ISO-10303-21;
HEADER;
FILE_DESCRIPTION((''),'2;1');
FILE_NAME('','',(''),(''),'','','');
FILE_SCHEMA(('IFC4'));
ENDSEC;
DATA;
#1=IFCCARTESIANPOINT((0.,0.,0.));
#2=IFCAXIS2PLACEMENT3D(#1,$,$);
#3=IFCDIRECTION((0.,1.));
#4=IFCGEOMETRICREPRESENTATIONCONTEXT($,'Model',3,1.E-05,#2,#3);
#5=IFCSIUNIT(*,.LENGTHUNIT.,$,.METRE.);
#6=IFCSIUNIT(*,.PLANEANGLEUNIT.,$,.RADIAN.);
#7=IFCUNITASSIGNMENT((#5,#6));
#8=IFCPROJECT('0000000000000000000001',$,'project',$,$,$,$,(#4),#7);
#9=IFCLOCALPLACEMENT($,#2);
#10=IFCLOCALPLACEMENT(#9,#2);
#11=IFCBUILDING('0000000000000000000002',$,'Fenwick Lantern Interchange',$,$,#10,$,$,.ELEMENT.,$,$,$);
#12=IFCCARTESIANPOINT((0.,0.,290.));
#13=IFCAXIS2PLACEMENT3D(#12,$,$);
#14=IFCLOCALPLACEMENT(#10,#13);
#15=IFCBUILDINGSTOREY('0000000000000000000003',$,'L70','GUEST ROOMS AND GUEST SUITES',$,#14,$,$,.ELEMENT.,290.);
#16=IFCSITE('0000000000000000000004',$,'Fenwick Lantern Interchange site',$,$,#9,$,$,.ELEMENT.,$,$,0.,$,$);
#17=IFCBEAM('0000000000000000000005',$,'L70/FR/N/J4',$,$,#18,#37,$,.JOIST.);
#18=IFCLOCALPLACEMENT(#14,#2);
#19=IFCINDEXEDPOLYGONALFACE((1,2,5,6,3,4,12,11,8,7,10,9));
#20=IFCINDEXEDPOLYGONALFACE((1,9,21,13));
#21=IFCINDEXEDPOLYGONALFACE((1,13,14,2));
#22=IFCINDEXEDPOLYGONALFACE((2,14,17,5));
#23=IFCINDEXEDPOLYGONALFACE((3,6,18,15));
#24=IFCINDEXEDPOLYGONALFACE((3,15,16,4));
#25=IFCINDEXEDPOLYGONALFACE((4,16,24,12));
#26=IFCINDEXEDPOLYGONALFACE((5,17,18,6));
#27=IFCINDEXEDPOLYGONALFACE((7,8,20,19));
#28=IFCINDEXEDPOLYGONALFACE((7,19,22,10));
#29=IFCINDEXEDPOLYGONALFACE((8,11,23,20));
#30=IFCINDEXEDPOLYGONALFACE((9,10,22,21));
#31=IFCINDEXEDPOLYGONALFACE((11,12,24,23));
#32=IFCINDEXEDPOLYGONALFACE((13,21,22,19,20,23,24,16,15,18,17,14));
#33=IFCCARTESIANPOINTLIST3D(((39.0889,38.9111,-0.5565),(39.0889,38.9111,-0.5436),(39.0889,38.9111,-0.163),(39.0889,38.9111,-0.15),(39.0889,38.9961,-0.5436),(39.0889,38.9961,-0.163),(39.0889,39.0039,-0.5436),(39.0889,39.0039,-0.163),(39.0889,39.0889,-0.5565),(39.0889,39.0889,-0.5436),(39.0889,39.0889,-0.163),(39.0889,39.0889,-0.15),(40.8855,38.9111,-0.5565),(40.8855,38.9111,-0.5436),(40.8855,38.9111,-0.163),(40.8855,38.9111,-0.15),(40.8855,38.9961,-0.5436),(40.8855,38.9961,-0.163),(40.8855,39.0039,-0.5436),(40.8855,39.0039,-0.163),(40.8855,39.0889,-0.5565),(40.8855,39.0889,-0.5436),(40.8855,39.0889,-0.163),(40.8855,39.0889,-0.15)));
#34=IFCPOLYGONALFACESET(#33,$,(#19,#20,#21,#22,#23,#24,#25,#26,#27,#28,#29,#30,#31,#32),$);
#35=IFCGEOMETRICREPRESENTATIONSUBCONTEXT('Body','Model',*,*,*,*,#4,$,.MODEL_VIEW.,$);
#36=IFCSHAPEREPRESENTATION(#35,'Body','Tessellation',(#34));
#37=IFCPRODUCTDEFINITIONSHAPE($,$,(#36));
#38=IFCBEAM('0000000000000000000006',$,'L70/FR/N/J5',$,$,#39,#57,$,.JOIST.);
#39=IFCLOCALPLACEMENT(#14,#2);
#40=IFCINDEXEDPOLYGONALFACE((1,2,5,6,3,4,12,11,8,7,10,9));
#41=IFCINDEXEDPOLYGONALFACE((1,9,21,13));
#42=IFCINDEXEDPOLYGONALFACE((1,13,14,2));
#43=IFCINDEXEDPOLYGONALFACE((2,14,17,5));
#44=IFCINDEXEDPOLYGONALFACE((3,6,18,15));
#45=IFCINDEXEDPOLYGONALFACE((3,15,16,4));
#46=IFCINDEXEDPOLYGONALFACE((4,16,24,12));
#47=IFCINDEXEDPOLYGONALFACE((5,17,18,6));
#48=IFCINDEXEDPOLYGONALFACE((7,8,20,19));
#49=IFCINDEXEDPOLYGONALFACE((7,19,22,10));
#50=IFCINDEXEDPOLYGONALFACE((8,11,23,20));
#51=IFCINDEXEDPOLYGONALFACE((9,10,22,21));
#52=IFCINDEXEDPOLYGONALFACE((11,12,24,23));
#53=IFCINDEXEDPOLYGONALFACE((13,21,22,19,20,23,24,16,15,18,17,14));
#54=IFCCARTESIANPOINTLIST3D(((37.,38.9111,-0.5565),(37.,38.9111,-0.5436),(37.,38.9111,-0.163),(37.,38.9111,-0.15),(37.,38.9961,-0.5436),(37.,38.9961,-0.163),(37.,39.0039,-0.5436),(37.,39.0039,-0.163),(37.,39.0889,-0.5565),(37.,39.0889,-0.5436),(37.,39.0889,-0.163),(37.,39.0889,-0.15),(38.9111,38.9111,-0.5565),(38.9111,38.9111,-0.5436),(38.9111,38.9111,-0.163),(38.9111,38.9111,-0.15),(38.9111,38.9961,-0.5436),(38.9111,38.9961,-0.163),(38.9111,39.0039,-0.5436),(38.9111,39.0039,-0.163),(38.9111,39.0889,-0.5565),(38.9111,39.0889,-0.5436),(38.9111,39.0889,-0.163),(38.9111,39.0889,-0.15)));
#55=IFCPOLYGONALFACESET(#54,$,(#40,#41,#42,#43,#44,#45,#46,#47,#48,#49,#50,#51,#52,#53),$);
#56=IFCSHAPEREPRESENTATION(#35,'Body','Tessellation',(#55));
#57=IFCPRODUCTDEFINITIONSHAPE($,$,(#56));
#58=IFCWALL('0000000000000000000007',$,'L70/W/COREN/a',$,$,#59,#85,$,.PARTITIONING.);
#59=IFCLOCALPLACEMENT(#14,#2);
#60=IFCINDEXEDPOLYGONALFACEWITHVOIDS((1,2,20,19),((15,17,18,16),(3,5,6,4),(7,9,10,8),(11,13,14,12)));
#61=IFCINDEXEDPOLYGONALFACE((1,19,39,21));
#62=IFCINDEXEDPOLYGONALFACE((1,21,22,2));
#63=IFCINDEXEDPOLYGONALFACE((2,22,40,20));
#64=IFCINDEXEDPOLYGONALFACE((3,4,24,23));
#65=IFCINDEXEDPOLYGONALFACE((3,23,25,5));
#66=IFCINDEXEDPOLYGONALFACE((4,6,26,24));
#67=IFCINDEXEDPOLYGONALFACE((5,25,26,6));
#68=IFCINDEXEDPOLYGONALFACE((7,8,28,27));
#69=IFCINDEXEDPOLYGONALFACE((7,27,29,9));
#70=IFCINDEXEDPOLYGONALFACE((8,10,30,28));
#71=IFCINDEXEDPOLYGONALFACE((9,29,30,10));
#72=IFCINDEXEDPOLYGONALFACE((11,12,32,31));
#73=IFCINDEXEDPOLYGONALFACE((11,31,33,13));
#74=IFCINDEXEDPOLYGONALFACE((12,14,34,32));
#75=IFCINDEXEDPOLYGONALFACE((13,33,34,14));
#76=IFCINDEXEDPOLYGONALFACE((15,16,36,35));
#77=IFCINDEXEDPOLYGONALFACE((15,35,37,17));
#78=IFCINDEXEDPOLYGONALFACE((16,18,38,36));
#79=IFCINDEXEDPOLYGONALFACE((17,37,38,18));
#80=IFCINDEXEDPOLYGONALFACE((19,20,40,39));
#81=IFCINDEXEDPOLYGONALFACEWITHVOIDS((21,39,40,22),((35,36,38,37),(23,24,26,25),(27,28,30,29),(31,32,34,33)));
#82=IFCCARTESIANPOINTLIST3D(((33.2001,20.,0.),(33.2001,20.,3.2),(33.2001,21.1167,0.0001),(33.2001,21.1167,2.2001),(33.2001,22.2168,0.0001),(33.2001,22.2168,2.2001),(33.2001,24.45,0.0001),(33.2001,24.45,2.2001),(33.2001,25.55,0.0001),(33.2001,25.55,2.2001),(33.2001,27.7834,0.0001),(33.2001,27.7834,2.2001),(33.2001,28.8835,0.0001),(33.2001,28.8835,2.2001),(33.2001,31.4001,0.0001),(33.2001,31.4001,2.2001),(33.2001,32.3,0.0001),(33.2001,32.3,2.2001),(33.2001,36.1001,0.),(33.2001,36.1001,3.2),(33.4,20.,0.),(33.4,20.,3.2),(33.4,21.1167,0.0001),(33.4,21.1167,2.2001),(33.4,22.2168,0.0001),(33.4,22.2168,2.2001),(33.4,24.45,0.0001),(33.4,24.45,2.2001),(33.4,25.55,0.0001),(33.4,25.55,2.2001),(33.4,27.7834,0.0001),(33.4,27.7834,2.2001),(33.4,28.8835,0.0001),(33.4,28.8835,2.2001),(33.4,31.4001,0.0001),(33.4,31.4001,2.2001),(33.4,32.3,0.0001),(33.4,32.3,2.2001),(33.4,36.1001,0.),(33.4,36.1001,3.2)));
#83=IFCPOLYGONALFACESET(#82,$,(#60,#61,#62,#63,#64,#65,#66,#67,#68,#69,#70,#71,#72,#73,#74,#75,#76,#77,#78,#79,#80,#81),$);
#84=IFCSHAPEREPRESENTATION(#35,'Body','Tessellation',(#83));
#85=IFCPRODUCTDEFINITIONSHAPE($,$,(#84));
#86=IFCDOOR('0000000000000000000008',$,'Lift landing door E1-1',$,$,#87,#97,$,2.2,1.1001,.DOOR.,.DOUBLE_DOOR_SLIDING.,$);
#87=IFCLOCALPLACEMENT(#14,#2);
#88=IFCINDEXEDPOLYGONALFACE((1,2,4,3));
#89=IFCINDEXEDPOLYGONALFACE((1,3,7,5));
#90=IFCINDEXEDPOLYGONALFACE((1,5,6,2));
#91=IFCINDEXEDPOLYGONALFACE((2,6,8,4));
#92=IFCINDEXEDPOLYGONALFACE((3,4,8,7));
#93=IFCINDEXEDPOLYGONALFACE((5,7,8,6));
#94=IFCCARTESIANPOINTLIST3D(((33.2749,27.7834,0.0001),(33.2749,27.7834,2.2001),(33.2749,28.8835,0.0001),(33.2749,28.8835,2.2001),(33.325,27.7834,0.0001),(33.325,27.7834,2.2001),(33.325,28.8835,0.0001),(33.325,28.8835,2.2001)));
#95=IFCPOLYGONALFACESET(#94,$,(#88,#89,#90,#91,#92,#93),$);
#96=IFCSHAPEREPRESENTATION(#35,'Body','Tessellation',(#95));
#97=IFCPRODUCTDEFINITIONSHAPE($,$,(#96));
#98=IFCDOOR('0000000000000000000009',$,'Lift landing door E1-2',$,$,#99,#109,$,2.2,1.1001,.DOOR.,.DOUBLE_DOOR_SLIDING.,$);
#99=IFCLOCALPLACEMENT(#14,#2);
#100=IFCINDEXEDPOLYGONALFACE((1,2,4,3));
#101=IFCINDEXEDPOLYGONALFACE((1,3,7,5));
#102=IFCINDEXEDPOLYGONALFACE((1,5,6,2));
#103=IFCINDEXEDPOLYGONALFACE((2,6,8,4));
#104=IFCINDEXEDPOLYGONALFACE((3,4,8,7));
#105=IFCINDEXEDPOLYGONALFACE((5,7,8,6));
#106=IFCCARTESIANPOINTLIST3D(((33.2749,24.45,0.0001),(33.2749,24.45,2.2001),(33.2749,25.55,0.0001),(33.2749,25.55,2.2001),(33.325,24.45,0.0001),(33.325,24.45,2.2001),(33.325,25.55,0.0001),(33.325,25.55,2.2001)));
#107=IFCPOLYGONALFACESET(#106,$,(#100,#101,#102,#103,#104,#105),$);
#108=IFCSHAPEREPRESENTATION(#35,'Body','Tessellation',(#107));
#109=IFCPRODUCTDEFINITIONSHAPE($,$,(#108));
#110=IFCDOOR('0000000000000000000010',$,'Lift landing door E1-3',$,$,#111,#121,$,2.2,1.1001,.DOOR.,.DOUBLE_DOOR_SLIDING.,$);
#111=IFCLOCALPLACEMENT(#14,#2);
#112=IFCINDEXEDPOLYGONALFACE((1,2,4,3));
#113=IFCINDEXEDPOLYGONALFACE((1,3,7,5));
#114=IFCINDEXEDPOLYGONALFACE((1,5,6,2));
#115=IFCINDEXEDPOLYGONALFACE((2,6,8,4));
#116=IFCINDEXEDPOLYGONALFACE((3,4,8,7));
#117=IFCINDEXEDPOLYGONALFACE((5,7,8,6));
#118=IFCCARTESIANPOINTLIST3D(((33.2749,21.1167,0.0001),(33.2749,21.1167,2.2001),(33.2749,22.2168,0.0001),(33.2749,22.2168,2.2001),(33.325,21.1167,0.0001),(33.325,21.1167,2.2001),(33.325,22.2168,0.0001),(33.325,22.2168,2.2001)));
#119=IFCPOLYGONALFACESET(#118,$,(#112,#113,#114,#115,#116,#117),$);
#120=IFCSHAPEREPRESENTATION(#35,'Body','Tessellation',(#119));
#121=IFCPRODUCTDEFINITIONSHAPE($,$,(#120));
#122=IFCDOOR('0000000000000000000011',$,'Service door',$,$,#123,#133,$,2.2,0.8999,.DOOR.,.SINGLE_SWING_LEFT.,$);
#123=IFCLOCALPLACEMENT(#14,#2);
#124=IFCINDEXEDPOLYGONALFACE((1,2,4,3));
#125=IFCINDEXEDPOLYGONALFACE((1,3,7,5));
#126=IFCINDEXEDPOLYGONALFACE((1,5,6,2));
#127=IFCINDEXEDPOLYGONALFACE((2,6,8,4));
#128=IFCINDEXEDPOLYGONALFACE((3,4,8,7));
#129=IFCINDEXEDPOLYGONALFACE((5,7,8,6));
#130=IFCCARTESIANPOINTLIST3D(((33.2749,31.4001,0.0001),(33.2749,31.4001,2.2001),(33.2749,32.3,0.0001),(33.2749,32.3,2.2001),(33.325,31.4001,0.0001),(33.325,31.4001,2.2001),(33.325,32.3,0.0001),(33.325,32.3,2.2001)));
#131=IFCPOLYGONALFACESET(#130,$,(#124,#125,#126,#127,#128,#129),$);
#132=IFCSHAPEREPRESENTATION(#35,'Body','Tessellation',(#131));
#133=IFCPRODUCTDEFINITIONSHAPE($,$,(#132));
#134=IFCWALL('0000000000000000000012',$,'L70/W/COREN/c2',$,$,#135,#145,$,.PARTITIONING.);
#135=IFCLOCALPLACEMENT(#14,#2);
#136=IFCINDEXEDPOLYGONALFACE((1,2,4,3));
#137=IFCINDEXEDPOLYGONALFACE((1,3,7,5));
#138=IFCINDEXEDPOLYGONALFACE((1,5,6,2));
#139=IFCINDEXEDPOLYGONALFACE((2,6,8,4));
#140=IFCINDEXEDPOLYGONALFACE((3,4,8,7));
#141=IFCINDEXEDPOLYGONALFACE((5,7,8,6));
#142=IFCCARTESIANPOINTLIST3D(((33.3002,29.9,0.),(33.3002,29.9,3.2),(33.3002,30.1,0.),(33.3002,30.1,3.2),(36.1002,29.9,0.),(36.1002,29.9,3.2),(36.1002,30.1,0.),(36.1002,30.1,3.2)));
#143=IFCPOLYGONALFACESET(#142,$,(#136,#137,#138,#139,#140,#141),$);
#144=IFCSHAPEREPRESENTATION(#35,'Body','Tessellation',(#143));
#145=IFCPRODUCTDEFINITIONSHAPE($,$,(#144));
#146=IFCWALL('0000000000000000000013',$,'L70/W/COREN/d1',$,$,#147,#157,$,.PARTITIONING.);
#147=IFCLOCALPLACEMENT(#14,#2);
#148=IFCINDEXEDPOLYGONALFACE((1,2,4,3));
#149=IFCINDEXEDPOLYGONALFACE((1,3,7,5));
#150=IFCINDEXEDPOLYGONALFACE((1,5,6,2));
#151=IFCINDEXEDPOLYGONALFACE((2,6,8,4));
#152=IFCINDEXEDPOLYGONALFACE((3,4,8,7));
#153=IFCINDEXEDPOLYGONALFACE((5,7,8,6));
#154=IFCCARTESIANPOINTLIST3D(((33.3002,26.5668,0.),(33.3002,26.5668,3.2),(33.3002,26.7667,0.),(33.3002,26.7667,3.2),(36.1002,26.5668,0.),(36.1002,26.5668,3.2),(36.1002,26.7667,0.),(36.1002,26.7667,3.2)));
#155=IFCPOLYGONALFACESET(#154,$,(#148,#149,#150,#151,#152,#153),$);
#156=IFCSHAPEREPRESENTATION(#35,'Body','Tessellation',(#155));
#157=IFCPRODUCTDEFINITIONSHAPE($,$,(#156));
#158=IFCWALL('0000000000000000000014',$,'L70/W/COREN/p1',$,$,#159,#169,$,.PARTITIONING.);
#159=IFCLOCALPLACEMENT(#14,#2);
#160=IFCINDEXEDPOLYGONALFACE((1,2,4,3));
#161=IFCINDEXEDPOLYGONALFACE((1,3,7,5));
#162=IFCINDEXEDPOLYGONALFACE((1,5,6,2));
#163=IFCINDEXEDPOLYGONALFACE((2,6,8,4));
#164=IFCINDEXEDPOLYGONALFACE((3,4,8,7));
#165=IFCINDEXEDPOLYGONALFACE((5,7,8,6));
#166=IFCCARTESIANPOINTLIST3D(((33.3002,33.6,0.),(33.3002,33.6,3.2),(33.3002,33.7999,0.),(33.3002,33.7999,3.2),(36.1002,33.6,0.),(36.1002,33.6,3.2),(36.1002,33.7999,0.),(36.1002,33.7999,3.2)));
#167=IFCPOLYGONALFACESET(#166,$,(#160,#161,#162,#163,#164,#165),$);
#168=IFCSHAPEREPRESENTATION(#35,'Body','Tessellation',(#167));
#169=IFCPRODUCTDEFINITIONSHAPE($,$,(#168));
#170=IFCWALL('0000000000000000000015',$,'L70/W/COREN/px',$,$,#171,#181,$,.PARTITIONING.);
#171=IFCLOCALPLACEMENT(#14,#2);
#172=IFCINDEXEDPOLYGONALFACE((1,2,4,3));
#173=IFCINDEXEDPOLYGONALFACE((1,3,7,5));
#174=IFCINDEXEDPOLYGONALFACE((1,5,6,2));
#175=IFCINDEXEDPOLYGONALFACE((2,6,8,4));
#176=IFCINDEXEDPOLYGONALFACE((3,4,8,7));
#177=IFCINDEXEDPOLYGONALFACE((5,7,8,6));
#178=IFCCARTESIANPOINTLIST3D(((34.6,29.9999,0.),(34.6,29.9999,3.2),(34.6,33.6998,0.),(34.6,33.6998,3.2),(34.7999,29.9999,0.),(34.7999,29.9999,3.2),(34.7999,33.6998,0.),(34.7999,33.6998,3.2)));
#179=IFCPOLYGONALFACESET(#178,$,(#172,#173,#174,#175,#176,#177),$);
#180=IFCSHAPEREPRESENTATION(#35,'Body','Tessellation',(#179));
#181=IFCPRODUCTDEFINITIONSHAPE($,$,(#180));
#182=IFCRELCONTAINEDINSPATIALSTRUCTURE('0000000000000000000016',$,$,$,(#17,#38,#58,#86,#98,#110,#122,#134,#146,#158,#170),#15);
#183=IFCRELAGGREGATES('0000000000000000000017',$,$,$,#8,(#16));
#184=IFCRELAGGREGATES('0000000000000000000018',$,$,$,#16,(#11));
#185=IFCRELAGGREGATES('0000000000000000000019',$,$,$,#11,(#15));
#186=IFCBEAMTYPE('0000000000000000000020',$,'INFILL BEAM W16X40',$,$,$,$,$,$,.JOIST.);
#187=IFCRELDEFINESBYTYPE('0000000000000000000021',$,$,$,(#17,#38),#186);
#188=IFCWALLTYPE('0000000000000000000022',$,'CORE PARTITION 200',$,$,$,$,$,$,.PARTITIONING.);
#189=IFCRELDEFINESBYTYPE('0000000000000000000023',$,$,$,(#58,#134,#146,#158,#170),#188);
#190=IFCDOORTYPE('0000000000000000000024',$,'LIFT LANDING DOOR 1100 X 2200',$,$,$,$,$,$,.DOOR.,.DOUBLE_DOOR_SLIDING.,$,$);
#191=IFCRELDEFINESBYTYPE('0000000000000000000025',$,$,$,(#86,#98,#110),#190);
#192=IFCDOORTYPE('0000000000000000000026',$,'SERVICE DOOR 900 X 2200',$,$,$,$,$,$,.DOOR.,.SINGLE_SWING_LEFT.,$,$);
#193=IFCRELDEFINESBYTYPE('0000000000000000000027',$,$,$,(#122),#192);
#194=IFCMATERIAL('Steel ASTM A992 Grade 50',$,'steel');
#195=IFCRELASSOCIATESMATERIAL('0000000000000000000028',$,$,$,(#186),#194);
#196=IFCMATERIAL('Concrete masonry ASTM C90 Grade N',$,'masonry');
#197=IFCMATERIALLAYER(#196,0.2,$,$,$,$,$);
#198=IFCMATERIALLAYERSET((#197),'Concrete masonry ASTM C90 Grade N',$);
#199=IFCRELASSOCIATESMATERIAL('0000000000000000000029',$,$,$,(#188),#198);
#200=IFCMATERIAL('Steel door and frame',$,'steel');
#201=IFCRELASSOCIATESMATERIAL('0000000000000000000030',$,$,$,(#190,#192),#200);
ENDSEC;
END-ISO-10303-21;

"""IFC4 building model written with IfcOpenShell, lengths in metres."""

from ifc_helpers import new_model, si_unit, direction, frame, frame_2d, origin, origin_2d, place, context, subcontext, project, spatial, rectangle, i_section, extrude, material, layer, layer_set, material_profile, profile_set, type_object, element, fill, save


model = new_model("IFC4")

# Units and contexts
model_context = context("Model", 3, precision=1e-05, world=origin(), true_north=direction((0.0, 1.0)))
body_context = subcontext(model_context, "Body", "Model", "MODEL_VIEW")
ifc_project = project(units=[si_unit("LENGTHUNIT", "METRE"), si_unit("PLANEANGLEUNIT", "RADIAN")], contexts=[model_context])

# Site, building, storey
site_placement = place(None, origin())
site = spatial("IfcSite", under=ifc_project, at=site_placement, Name="Fenwick Lantern Interchange site", CompositionType="ELEMENT", RefElevation=0.0)
building_placement = place(site_placement, origin())
building = spatial("IfcBuilding", under=site, at=building_placement, Name="Fenwick Lantern Interchange", CompositionType="ELEMENT")
storey_placement = place(building_placement, frame((0.0, 0.0, 290.0)))
storey = spatial("IfcBuildingStorey", under=building, at=storey_placement, Name="L70", Description="GUEST ROOMS AND GUEST SUITES", CompositionType="ELEMENT", Elevation=290.0)

# Beams
ifc_material_1 = material(Name="Steel ASTM A992 Grade 50", Category="steel")
ifc_material_profile = material_profile(ifc_material_1, i_section(OverallWidth=0.1777, OverallDepth=0.4065, WebThickness=0.0078, FlangeThickness=0.0129, at=origin_2d()), Name="W16X40")
ifc_profile_set = profile_set([ifc_material_profile], Name="Steel ASTM A992 Grade 50")
beam_type = type_object("IfcBeamType", Name="INFILL BEAM W16X40", PredefinedType="JOIST", material=ifc_profile_set)
beam_1_placement = place(storey_placement, frame((40.8855, 39.0, -0.3533), z_axis=(-1.0, 0.0, 0.0), x_axis=(0.0, -1.0, 0.0)))
element("IfcBeam", 1, at=beam_1_placement, inside=storey, type_object=beam_type, Name="L70/FR/N/J4", PredefinedType="JOIST", context=body_context, shape_type="SweptSolid", body=[
    extrude(i_section(OverallWidth=0.1777, OverallDepth=0.4065, WebThickness=0.0078, FlangeThickness=0.0129, at=origin_2d()), origin(), (0.0, 0.0, 1.0), 1.7966),
])
beam_2_placement = place(storey_placement, frame((38.9111, 39.0, -0.3533), z_axis=(-1.0, 0.0, 0.0), x_axis=(0.0, -1.0, 0.0)))
element("IfcBeam", 2, at=beam_2_placement, inside=storey, type_object=beam_type, Name="L70/FR/N/J5", PredefinedType="JOIST", context=body_context, shape_type="SweptSolid", body=[
    extrude(i_section(OverallWidth=0.1777, OverallDepth=0.4065, WebThickness=0.0078, FlangeThickness=0.0129, at=origin_2d()), origin(), (0.0, 0.0, 1.0), 1.9111),
])

# Wall, openings, doors
ifc_material_2 = material(Name="Concrete masonry ASTM C90 Grade N", Category="masonry")
ifc_layer_1 = layer(ifc_material_2, 0.2)
ifc_layer_set_1 = layer_set([ifc_layer_1], Name="Concrete masonry ASTM C90 Grade N")
wall_type_1 = type_object("IfcWallType", Name="CORE PARTITION 200", PredefinedType="PARTITIONING", material=ifc_layer_set_1)
wall_1_placement = place(storey_placement, frame((33.3, 36.1001, 0.0), z_axis=(0.0, 0.0, 1.0), x_axis=(0.0, -1.0, 0.0)))
wall_1 = element("IfcWall", 3, at=wall_1_placement, inside=storey, type_object=wall_type_1, Name="L70/W/COREN/a", PredefinedType="PARTITIONING", context=body_context, shape_type="SweptSolid", body=[
    extrude(rectangle(XDim=16.1001, YDim=0.2, at=frame_2d((8.05, 0.0))), origin(), (0.0, 0.0, 1.0), 3.2),
])
opening_1_placement = place(wall_1_placement, frame((3.8, 0.0, 0.0)))
opening_1 = element("IfcOpeningElement", 4, at=opening_1_placement, cuts=wall_1, PredefinedType="OPENING", context=body_context, shape_type="SweptSolid", body=[
    extrude(rectangle(XDim=0.8999, YDim=2.2, at=frame_2d((0.45, 1.1001))), frame((0.0, 0.1099, 0.0), z_axis=(0.0, -1.0, 0.0), x_axis=(1.0, 0.0, 0.0)), (0.0, 0.0, 1.0), 0.22),
])
opening_2_placement = place(wall_1_placement, frame((7.2166, 0.0, 0.0)))
opening_2 = element("IfcOpeningElement", 5, at=opening_2_placement, cuts=wall_1, PredefinedType="OPENING", context=body_context, shape_type="SweptSolid", body=[
    extrude(rectangle(XDim=1.1001, YDim=2.2, at=frame_2d((0.55, 1.1001))), frame((0.0, 0.1099, 0.0), z_axis=(0.0, -1.0, 0.0), x_axis=(1.0, 0.0, 0.0)), (0.0, 0.0, 1.0), 0.22),
])
opening_3_placement = place(wall_1_placement, frame((10.55, 0.0, 0.0)))
opening_3 = element("IfcOpeningElement", 6, at=opening_3_placement, cuts=wall_1, PredefinedType="OPENING", context=body_context, shape_type="SweptSolid", body=[
    extrude(rectangle(XDim=1.1001, YDim=2.2, at=frame_2d((0.55, 1.1001))), frame((0.0, 0.1099, 0.0), z_axis=(0.0, -1.0, 0.0), x_axis=(1.0, 0.0, 0.0)), (0.0, 0.0, 1.0), 0.22),
])
opening_4_placement = place(wall_1_placement, frame((13.8833, 0.0, 0.0)))
opening_4 = element("IfcOpeningElement", 7, at=opening_4_placement, cuts=wall_1, PredefinedType="OPENING", context=body_context, shape_type="SweptSolid", body=[
    extrude(rectangle(XDim=1.1001, YDim=2.2, at=frame_2d((0.55, 1.1001))), frame((0.0, 0.1099, 0.0), z_axis=(0.0, -1.0, 0.0), x_axis=(1.0, 0.0, 0.0)), (0.0, 0.0, 1.0), 0.22),
])
ifc_material_3 = material(Name="Steel door and frame", Category="steel")
door_type_1 = type_object("IfcDoorType", Name="LIFT LANDING DOOR 1100 X 2200", OperationType="DOUBLE_DOOR_SLIDING", PredefinedType="DOOR", material=ifc_material_3)
door_1_placement = place(opening_2_placement, origin())
door_1 = element("IfcDoor", 8, at=door_1_placement, inside=storey, type_object=door_type_1, Name="Lift landing door E1-1", OperationType="DOUBLE_DOOR_SLIDING", OverallHeight=2.2, OverallWidth=1.1001, PredefinedType="DOOR", context=body_context, shape_type="SweptSolid", body=[
    extrude(rectangle(XDim=1.1001, YDim=2.2, at=frame_2d((0.55, 1.1001))), frame((0.0, 0.0249, 0.0), z_axis=(0.0, -1.0, 0.0), x_axis=(1.0, 0.0, 0.0)), (0.0, 0.0, 1.0), 0.05),
])
fill(opening_2, door_1)
door_2_placement = place(opening_3_placement, origin())
door_2 = element("IfcDoor", 9, at=door_2_placement, inside=storey, type_object=door_type_1, Name="Lift landing door E1-2", OperationType="DOUBLE_DOOR_SLIDING", OverallHeight=2.2, OverallWidth=1.1001, PredefinedType="DOOR", context=body_context, shape_type="SweptSolid", body=[
    extrude(rectangle(XDim=1.1001, YDim=2.2, at=frame_2d((0.55, 1.1001))), frame((0.0, 0.0249, 0.0), z_axis=(0.0, -1.0, 0.0), x_axis=(1.0, 0.0, 0.0)), (0.0, 0.0, 1.0), 0.05),
])
fill(opening_3, door_2)
door_3_placement = place(opening_4_placement, origin())
door_3 = element("IfcDoor", 10, at=door_3_placement, inside=storey, type_object=door_type_1, Name="Lift landing door E1-3", OperationType="DOUBLE_DOOR_SLIDING", OverallHeight=2.2, OverallWidth=1.1001, PredefinedType="DOOR", context=body_context, shape_type="SweptSolid", body=[
    extrude(rectangle(XDim=1.1001, YDim=2.2, at=frame_2d((0.55, 1.1001))), frame((0.0, 0.0249, 0.0), z_axis=(0.0, -1.0, 0.0), x_axis=(1.0, 0.0, 0.0)), (0.0, 0.0, 1.0), 0.05),
])
fill(opening_4, door_3)
door_type_2 = type_object("IfcDoorType", Name="SERVICE DOOR 900 X 2200", OperationType="SINGLE_SWING_LEFT", PredefinedType="DOOR", material=ifc_material_3)
door_4_placement = place(opening_1_placement, origin())
door_4 = element("IfcDoor", 11, at=door_4_placement, inside=storey, type_object=door_type_2, Name="Service door", OperationType="SINGLE_SWING_LEFT", OverallHeight=2.2, OverallWidth=0.8999, PredefinedType="DOOR", context=body_context, shape_type="SweptSolid", body=[
    extrude(rectangle(XDim=0.8999, YDim=2.2, at=frame_2d((0.45, 1.1001))), frame((0.0, 0.0249, 0.0), z_axis=(0.0, -1.0, 0.0), x_axis=(1.0, 0.0, 0.0)), (0.0, 0.0, 1.0), 0.05),
])
fill(opening_1, door_4)

# Walls
for number, where, z_axis, x_axis, name in (
    (12, (36.1001, 30.0, 0.0), (0.0, 0.0, 1.0), (-1.0, 0.0, 0.0), "L70/W/COREN/c2"),
    (13, (36.1001, 26.6667, 0.0), (0.0, 0.0, 1.0), (-1.0, 0.0, 0.0), "L70/W/COREN/d1"),
    (14, (36.1001, 33.7, 0.0), (0.0, 0.0, 1.0), (-1.0, 0.0, 0.0), "L70/W/COREN/p1"),
):
    element("IfcWall", number, at=place(storey_placement, frame(where, z_axis=z_axis, x_axis=x_axis)), inside=storey, type_object=wall_type_1, Name=name, PredefinedType="PARTITIONING", context=body_context, shape_type="SweptSolid", body=[
        extrude(rectangle(XDim=2.8, YDim=0.2, at=frame_2d((1.3999, 0.0))), origin(), (0.0, 0.0, 1.0), 3.2),
    ])
wall_2_placement = place(storey_placement, frame((34.7, 33.7, 0.0), z_axis=(0.0, 0.0, 1.0), x_axis=(0.0, -1.0, 0.0)))
element("IfcWall", 15, at=wall_2_placement, inside=storey, type_object=wall_type_1, Name="L70/W/COREN/px", PredefinedType="PARTITIONING", context=body_context, shape_type="SweptSolid", body=[
    extrude(rectangle(XDim=3.7, YDim=0.2, at=frame_2d((1.8501, 0.0))), origin(), (0.0, 0.0, 1.0), 3.2),
])

save(model, "model.ifc")
